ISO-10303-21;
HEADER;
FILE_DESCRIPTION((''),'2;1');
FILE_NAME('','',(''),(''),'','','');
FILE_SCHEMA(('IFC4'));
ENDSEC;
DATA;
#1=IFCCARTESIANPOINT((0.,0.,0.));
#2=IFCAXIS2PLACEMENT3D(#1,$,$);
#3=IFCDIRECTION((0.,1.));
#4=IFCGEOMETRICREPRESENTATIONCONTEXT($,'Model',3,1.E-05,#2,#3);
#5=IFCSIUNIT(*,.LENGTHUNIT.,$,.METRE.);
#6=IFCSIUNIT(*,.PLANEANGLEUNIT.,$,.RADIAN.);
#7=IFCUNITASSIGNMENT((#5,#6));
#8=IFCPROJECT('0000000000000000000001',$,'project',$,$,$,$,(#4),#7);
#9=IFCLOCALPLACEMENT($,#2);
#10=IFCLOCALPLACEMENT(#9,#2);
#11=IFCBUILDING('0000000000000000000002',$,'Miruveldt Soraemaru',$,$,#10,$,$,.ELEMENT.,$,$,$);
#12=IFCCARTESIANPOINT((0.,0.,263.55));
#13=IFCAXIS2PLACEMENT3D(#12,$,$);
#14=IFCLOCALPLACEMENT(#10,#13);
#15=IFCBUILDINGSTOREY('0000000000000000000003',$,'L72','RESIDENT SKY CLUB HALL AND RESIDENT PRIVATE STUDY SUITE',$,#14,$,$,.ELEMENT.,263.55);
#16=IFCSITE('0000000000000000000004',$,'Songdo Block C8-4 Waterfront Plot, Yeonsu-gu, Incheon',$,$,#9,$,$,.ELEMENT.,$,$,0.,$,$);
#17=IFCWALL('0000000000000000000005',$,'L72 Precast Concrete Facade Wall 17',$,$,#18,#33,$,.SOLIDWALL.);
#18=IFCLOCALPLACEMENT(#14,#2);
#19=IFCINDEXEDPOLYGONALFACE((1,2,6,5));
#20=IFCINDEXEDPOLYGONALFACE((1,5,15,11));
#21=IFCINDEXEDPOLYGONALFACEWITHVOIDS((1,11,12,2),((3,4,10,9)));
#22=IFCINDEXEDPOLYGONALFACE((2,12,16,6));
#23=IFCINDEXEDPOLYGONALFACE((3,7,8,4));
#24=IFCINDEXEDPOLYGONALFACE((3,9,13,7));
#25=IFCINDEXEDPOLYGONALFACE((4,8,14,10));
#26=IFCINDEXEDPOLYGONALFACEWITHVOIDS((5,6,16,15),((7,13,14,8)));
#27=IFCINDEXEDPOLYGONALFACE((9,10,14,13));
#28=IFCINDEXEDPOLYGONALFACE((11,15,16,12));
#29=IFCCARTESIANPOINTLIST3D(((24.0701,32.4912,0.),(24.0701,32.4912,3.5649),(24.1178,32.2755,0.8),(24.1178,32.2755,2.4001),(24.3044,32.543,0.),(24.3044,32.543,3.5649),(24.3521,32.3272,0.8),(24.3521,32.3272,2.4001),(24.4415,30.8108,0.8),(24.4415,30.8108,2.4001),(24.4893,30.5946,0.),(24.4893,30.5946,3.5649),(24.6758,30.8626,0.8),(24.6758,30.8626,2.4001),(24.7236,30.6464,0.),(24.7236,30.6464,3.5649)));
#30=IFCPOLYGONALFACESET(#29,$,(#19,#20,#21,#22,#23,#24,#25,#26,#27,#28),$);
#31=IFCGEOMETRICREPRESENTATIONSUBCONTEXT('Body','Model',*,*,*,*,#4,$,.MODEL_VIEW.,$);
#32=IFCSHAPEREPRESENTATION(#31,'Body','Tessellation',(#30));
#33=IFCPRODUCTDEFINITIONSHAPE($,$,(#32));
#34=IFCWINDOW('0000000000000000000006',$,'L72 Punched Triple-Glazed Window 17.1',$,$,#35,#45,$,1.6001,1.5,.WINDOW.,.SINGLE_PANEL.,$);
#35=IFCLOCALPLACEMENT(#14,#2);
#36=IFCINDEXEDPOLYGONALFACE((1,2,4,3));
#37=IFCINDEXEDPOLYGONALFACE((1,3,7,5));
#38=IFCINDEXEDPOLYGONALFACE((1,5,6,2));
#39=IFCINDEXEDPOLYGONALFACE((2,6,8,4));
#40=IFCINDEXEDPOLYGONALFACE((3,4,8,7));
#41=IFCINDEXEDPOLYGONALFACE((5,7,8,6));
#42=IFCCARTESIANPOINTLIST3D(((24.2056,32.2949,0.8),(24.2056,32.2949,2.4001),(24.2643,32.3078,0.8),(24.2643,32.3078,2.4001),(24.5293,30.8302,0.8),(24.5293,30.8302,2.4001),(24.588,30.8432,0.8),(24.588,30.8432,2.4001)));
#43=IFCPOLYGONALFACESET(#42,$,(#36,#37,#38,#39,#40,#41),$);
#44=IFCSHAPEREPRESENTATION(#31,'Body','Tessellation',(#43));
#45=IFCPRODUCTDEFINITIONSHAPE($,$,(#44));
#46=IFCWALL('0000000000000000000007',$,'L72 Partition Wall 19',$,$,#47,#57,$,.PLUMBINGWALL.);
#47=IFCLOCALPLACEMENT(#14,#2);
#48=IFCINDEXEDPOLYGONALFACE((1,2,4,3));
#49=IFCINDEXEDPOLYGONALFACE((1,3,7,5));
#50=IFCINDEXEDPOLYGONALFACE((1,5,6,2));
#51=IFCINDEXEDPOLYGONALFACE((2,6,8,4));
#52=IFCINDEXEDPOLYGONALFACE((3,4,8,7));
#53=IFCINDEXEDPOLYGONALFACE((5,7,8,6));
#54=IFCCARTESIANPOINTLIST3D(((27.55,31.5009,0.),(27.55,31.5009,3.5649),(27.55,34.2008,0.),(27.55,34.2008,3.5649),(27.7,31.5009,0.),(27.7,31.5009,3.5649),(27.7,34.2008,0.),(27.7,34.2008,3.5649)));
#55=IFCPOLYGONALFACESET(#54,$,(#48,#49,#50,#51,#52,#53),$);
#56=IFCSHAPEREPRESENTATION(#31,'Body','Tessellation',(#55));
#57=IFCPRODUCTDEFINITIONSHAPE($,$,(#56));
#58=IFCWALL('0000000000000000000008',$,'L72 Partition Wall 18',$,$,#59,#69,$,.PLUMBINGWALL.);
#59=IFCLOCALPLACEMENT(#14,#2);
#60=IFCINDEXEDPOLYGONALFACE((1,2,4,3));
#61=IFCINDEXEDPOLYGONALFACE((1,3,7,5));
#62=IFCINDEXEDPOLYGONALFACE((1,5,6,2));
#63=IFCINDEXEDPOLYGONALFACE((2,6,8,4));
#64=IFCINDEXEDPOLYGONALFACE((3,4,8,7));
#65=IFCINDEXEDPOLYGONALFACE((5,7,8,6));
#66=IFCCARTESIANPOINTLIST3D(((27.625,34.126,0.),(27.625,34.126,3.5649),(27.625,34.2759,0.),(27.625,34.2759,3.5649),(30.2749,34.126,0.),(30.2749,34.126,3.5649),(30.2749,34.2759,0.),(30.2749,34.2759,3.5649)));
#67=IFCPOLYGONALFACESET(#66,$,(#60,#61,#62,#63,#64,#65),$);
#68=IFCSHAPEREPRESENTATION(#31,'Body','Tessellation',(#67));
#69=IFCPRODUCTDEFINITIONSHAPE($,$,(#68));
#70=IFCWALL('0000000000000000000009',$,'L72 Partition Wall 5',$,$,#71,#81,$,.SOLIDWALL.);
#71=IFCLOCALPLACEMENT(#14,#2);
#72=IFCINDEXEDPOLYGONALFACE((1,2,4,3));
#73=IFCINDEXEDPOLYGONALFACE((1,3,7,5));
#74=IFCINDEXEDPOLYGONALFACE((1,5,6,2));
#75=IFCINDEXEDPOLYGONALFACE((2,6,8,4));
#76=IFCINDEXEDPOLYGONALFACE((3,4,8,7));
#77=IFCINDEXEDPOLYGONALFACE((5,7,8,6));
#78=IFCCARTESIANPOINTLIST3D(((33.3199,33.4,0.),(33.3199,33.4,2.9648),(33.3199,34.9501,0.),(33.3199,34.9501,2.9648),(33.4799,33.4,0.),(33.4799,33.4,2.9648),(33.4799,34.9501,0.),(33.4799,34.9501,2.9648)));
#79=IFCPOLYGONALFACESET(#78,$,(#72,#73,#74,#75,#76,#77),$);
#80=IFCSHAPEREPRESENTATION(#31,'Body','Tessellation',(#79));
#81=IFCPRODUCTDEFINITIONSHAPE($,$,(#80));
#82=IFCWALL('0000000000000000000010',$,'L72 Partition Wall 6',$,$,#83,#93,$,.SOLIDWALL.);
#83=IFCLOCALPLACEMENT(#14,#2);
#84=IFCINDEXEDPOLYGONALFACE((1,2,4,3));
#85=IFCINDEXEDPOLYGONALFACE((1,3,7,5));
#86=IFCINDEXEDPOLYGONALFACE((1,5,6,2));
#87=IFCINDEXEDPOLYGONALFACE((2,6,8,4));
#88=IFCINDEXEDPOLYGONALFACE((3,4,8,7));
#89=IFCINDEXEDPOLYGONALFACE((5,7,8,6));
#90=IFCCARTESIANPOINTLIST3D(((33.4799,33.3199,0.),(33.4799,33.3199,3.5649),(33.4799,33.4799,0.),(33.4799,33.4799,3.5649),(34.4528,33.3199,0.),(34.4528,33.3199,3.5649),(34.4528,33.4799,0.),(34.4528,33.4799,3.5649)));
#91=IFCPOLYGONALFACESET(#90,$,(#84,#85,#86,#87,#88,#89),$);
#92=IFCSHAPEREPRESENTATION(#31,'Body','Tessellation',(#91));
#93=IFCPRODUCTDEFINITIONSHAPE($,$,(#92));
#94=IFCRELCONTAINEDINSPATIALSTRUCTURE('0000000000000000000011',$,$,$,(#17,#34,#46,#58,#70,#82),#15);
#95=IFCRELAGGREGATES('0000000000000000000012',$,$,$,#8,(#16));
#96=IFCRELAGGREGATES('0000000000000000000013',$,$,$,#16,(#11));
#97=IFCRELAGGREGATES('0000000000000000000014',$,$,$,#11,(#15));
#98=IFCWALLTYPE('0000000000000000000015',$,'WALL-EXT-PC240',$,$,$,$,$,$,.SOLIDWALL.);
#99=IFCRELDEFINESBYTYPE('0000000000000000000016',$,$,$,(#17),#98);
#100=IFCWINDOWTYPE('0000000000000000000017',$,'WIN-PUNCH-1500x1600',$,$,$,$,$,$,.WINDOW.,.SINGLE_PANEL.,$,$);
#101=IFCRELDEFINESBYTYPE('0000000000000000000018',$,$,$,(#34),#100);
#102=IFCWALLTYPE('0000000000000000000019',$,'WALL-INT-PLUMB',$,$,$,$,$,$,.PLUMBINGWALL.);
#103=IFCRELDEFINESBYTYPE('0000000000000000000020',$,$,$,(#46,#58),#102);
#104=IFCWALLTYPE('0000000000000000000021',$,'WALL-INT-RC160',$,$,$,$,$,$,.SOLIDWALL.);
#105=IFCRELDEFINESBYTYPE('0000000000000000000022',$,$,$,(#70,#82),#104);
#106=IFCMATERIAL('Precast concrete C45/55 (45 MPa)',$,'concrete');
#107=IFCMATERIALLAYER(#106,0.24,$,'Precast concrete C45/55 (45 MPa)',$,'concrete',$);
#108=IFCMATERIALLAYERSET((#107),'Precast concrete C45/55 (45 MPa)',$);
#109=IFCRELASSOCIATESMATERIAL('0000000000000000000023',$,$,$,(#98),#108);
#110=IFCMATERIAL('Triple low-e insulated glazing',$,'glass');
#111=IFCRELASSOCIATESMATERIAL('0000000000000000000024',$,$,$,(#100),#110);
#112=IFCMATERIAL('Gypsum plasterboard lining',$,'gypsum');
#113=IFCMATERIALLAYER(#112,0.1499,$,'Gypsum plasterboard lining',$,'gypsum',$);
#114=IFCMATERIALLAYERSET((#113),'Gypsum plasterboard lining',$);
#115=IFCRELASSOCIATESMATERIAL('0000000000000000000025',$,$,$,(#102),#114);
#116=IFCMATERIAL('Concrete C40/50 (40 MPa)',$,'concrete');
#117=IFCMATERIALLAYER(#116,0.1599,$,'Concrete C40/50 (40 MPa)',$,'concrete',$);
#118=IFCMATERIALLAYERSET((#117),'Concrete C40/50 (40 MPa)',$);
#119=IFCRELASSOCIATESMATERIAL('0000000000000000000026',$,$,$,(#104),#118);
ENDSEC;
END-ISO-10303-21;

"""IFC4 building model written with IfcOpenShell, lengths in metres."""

from ifc_helpers import new_model, si_unit, direction, frame, frame_2d, origin, place, context, subcontext, project, spatial, rectangle, extrude, material, layer, layer_set, type_object, element, fill, save


model = new_model("IFC4")

# Units and contexts
model_context = context("Model", 3, precision=1e-05, world=origin(), true_north=direction((0.0, 1.0)))
body_context = subcontext(model_context, "Body", "Model", "MODEL_VIEW")
ifc_project = project(units=[si_unit("LENGTHUNIT", "METRE"), si_unit("PLANEANGLEUNIT", "RADIAN")], contexts=[model_context])

# Site, building, storey
site_placement = place(None, origin())
site = spatial("IfcSite", under=ifc_project, at=site_placement, Name="Songdo Block C8-4 Waterfront Plot, Yeonsu-gu, Incheon", CompositionType="ELEMENT", RefElevation=0.0)
building_placement = place(site_placement, origin())
building = spatial("IfcBuilding", under=site, at=building_placement, Name="Miruveldt Soraemaru", CompositionType="ELEMENT")
storey_placement = place(building_placement, frame((0.0, 0.0, 263.55)))
storey = spatial("IfcBuildingStorey", under=building, at=storey_placement, Name="L72", Description="RESIDENT SKY CLUB HALL AND RESIDENT PRIVATE STUDY SUITE", CompositionType="ELEMENT", Elevation=263.55)

# Wall, opening, window
ifc_material_1 = material(Name="Precast concrete C45/55 (45 MPa)", Category="concrete")
ifc_layer_1 = layer(ifc_material_1, 0.24, Name="Precast concrete C45/55 (45 MPa)", Category="concrete")
ifc_layer_set_1 = layer_set([ifc_layer_1], Name="Precast concrete C45/55 (45 MPa)")
wall_type_1 = type_object("IfcWallType", Name="WALL-EXT-PC240", PredefinedType="SOLIDWALL", material=ifc_layer_set_1)
ifc_material_2 = material(Name="Triple low-e insulated glazing", Category="glass")
wall_1_placement = place(storey_placement, frame((24.1873, 32.5171, 0.0), z_axis=(0.0, 0.0, 1.0), x_axis=(0.215799, -0.976438, 0.0)))
wall_1 = element("IfcWall", 1, at=wall_1_placement, inside=storey, type_object=wall_type_1, Name="L72 Precast Concrete Facade Wall 17", PredefinedType="SOLIDWALL", context=body_context, shape_type="SweptSolid", body=[
    extrude(rectangle(XDim=1.9424, YDim=0.24, at=frame_2d((0.9712, 0.0))), origin(), (0.0, 0.0, 1.0), 3.5649),
])
opening_1_placement = place(wall_1_placement, frame((0.2209, 0.0, 0.8)))
opening_1 = element("IfcOpeningElement", 2, at=opening_1_placement, cuts=wall_1, PredefinedType="OPENING", context=body_context, shape_type="SweptSolid", body=[
    extrude(rectangle(XDim=1.5, YDim=1.6001, at=frame_2d((0.75, 0.8))), frame((0.0, 0.1299, 0.0), z_axis=(0.0, -1.0, 0.0), x_axis=(1.0, 0.0, 0.0)), (0.0, 0.0, 1.0), 0.26),
])
window_type_1 = type_object("IfcWindowType", Name="WIN-PUNCH-1500x1600", PartitioningType="SINGLE_PANEL", PredefinedType="WINDOW", material=ifc_material_2)
window_1_placement = place(opening_1_placement, origin())
window_1 = element("IfcWindow", 3, at=window_1_placement, inside=storey, type_object=window_type_1, Name="L72 Punched Triple-Glazed Window 17.1", OverallHeight=1.6001, OverallWidth=1.5, PartitioningType="SINGLE_PANEL", PredefinedType="WINDOW", context=body_context, shape_type="SweptSolid", body=[
    extrude(rectangle(XDim=1.5, YDim=1.6001, at=frame_2d((0.75, 0.8))), frame((0.0, 0.03, 0.0), z_axis=(0.0, -1.0, 0.0), x_axis=(1.0, 0.0, 0.0)), (0.0, 0.0, 1.0), 0.0601),
])
fill(opening_1, window_1)

# Walls
ifc_material_3 = material(Name="Gypsum plasterboard lining", Category="gypsum")
ifc_layer_2 = layer(ifc_material_3, 0.1499, Name="Gypsum plasterboard lining", Category="gypsum")
ifc_layer_set_2 = layer_set([ifc_layer_2], Name="Gypsum plasterboard lining")
wall_type_2 = type_object("IfcWallType", Name="WALL-INT-PLUMB", PredefinedType="PLUMBINGWALL", material=ifc_layer_set_2)
wall_2_placement = place(storey_placement, frame((27.625, 34.2009, 0.0), z_axis=(0.0, 0.0, 1.0), x_axis=(0.0, -1.0, 0.0)))
element("IfcWall", 4, at=wall_2_placement, inside=storey, type_object=wall_type_2, Name="L72 Partition Wall 19", PredefinedType="PLUMBINGWALL", context=body_context, shape_type="SweptSolid", body=[
    extrude(rectangle(XDim=2.7, YDim=0.1499, at=frame_2d((1.3501, 0.0))), origin(), (0.0, 0.0, 1.0), 3.5649),
])
wall_3_placement = place(storey_placement, frame((30.2749, 34.2009, 0.0), z_axis=(0.0, 0.0, 1.0), x_axis=(-1.0, 0.0, 0.0)))
element("IfcWall", 5, at=wall_3_placement, inside=storey, type_object=wall_type_2, Name="L72 Partition Wall 18", PredefinedType="PLUMBINGWALL", context=body_context, shape_type="SweptSolid", body=[
    extrude(rectangle(XDim=2.6499, YDim=0.1499, at=frame_2d((1.325, 0.0))), origin(), (0.0, 0.0, 1.0), 3.5649),
])
ifc_material_4 = material(Name="Concrete C40/50 (40 MPa)", Category="concrete")
ifc_layer_3 = layer(ifc_material_4, 0.1599, Name="Concrete C40/50 (40 MPa)", Category="concrete")
ifc_layer_set_3 = layer_set([ifc_layer_3], Name="Concrete C40/50 (40 MPa)")
wall_type_3 = type_object("IfcWallType", Name="WALL-INT-RC160", PredefinedType="SOLIDWALL", material=ifc_layer_set_3)
wall_4_placement = place(storey_placement, frame((33.3999, 34.95, 0.0), z_axis=(0.0, 0.0, 1.0), x_axis=(0.0, -1.0, 0.0)))
element("IfcWall", 6, at=wall_4_placement, inside=storey, type_object=wall_type_3, Name="L72 Partition Wall 5", PredefinedType="SOLIDWALL", context=body_context, shape_type="SweptSolid", body=[
    extrude(rectangle(XDim=1.55, YDim=0.1599, at=frame_2d((0.7749, 0.0))), origin(), (0.0, 0.0, 1.0), 2.9648),
])
wall_5_placement = place(storey_placement, frame((33.48, 33.3999, 0.0), z_axis=(0.0, 0.0, 1.0), x_axis=(1.0, 0.0, 0.0)))
element("IfcWall", 7, at=wall_5_placement, inside=storey, type_object=wall_type_3, Name="L72 Partition Wall 6", PredefinedType="SOLIDWALL", context=body_context, shape_type="SweptSolid", body=[
    extrude(rectangle(XDim=0.9729, YDim=0.1599, at=frame_2d((0.4863, 0.0))), origin(), (0.0, 0.0, 1.0), 3.5649),
])

save(model, "model.ifc")
